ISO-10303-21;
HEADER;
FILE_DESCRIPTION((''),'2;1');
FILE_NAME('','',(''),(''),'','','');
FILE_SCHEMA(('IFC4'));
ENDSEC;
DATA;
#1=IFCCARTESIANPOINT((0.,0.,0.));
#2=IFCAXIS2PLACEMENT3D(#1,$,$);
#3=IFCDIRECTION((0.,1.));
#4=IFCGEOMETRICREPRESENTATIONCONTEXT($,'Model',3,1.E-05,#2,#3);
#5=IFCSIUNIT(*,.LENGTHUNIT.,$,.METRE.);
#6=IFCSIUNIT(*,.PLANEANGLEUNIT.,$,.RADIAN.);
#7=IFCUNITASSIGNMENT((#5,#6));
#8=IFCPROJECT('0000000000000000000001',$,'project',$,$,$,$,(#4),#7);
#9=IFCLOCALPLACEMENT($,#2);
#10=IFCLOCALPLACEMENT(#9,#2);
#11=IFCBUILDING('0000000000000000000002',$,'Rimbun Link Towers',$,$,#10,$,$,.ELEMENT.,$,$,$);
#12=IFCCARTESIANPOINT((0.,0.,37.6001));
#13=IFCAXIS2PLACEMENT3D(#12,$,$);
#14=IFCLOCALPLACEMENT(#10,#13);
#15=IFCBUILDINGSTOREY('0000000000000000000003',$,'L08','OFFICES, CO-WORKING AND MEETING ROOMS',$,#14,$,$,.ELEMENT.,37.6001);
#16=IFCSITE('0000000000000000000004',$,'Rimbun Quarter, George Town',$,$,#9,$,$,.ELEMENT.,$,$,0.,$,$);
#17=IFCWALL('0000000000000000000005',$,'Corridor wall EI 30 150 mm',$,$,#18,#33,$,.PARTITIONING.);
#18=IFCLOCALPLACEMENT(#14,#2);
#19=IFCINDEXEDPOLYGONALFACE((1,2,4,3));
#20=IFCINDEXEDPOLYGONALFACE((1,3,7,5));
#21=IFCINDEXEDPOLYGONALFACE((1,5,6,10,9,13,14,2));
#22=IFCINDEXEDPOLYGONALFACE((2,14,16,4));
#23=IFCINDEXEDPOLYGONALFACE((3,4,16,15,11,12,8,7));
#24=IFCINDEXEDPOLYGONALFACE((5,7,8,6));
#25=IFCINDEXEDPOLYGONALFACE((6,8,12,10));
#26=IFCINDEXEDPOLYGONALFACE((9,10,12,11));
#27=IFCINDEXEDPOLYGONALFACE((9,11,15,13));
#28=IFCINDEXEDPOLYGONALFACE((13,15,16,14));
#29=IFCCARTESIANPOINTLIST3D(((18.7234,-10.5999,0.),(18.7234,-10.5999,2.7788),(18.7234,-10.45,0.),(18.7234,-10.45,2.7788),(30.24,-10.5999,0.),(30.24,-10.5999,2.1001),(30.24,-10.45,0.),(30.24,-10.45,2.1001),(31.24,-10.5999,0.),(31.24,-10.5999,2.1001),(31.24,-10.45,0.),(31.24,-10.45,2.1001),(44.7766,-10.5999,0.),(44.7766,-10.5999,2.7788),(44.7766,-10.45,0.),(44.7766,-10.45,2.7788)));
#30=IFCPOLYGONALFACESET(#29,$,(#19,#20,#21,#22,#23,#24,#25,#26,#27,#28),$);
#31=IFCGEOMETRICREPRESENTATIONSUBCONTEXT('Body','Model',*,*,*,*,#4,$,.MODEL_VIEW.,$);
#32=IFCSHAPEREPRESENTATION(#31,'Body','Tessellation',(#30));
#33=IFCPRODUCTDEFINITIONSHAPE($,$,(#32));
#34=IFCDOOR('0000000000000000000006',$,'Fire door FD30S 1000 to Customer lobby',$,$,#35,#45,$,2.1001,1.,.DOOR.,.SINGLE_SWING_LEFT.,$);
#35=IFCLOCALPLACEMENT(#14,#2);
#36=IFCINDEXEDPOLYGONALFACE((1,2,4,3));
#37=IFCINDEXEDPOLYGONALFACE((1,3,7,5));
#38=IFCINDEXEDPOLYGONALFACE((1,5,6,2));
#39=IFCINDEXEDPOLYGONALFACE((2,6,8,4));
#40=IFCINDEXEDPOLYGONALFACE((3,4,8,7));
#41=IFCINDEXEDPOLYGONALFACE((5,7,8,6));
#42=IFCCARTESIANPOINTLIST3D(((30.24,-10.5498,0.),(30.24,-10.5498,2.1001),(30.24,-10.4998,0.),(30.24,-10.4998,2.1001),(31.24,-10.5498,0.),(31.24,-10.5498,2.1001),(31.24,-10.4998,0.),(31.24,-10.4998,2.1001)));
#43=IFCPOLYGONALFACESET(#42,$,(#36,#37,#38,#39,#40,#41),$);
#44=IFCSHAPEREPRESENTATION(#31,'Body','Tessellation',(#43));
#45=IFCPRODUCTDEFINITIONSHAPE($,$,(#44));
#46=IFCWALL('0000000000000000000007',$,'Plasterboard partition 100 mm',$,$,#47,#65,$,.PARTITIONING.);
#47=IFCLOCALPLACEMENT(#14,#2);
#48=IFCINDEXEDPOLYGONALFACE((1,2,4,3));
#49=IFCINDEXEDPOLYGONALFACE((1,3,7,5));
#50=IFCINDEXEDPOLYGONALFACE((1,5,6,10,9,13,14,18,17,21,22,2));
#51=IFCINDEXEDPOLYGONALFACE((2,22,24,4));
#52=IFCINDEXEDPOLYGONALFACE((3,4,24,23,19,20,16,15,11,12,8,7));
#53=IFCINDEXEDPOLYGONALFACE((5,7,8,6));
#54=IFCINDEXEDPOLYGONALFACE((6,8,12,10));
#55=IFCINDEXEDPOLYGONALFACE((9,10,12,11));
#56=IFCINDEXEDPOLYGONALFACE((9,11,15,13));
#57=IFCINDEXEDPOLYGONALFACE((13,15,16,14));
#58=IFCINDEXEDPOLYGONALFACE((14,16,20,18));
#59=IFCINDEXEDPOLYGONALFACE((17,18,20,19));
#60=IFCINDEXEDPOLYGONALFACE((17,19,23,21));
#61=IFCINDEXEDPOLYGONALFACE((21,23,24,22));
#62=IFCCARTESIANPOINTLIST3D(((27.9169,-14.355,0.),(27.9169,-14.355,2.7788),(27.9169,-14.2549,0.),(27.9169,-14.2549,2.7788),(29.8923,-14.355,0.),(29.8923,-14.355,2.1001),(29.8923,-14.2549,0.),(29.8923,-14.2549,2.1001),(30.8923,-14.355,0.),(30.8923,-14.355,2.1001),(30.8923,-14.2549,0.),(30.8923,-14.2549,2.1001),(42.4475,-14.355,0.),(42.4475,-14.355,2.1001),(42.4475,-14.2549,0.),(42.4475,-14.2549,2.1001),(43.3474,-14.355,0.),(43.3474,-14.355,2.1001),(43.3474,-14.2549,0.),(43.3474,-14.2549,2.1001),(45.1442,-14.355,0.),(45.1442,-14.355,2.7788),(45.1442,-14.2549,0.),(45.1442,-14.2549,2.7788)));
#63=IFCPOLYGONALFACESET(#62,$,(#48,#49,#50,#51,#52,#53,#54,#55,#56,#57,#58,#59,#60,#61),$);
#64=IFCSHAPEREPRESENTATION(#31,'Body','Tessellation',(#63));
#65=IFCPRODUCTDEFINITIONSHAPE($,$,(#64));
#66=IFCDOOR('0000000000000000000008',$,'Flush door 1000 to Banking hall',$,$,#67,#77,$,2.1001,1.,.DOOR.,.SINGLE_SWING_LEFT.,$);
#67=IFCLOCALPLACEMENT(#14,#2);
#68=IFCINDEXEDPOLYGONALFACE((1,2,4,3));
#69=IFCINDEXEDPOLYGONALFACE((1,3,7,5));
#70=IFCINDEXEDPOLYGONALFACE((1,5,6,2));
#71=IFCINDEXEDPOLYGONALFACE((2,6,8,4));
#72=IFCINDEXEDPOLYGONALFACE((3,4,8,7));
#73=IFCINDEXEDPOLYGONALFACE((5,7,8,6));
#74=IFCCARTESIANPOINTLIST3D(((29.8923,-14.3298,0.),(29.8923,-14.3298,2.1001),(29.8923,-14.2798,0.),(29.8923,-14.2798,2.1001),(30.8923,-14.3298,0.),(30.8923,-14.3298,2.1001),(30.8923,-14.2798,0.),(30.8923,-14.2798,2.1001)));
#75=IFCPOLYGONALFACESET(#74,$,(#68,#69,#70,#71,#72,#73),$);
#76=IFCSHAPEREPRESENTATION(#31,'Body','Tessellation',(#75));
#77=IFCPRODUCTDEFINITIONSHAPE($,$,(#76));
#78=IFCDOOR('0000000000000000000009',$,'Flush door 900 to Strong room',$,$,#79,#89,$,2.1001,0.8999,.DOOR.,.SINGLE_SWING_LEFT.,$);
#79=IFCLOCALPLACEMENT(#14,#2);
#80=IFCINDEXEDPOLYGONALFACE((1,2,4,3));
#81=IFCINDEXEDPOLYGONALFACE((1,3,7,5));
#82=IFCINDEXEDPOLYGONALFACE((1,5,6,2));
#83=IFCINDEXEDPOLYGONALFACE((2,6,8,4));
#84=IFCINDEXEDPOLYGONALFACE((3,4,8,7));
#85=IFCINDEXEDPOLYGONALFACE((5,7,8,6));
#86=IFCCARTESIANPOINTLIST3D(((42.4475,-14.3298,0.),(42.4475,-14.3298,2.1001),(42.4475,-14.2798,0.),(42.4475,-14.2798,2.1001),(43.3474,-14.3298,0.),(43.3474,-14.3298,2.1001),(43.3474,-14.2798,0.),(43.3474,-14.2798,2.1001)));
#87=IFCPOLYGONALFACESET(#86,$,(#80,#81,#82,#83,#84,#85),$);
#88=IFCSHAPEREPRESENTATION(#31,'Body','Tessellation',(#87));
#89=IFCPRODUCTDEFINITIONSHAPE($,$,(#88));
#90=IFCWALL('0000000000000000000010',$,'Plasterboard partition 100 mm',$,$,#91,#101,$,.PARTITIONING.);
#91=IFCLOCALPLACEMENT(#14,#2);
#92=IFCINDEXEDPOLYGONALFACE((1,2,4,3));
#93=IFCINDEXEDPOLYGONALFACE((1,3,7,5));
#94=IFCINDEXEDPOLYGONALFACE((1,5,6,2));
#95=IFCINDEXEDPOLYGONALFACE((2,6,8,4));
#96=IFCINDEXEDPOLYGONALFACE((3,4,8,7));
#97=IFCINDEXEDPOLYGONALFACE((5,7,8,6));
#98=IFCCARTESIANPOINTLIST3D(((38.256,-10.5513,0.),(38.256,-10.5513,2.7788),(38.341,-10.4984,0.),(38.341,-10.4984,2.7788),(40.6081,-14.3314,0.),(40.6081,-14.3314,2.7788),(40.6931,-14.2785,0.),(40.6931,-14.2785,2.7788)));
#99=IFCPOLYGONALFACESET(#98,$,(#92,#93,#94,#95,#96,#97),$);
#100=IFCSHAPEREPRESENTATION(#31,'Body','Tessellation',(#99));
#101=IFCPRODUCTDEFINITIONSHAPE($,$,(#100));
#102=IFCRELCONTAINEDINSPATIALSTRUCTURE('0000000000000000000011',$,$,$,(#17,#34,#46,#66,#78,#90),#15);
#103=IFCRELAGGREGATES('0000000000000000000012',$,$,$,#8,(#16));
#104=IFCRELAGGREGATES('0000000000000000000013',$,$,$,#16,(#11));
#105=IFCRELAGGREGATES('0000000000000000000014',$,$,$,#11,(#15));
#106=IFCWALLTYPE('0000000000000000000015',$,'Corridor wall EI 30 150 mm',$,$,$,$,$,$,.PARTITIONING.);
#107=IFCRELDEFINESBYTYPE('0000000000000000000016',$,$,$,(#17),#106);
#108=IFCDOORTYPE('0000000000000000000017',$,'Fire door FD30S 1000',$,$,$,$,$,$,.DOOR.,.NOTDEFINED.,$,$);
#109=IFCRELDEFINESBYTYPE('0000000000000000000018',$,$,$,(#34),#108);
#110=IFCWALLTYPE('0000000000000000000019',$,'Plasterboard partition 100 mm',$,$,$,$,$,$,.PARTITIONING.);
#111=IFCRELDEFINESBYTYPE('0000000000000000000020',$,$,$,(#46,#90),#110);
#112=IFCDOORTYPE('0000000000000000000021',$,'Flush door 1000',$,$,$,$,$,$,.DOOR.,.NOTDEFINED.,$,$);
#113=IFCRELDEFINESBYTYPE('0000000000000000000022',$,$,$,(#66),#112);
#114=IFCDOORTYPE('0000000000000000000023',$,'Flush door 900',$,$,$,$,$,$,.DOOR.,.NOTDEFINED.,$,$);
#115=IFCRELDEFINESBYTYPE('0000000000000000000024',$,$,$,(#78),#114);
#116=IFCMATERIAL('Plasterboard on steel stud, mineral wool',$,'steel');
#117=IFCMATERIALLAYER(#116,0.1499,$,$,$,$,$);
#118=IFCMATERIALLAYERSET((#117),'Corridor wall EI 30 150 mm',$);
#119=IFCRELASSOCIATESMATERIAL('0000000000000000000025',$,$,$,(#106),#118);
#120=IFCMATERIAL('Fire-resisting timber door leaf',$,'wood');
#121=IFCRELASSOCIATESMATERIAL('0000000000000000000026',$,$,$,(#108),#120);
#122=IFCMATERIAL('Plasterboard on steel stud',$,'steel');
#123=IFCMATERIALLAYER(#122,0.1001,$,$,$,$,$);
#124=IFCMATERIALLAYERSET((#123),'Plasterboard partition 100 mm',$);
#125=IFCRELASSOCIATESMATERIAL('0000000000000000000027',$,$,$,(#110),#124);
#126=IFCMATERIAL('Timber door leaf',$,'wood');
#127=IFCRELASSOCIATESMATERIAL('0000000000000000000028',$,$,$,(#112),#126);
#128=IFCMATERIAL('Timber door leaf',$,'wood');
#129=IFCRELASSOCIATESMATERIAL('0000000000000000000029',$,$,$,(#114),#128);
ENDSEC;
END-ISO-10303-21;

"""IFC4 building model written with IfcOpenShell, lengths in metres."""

from ifc_helpers import new_model, si_unit, direction, frame, frame_2d, origin, place, context, subcontext, project, spatial, rectangle, extrude, material, layer, layer_set, type_object, element, fill, save


model = new_model("IFC4")

# Units and contexts
model_context = context("Model", 3, precision=1e-05, world=origin(), true_north=direction((0.0, 1.0)))
body_context = subcontext(model_context, "Body", "Model", "MODEL_VIEW")
ifc_project = project(units=[si_unit("LENGTHUNIT", "METRE"), si_unit("PLANEANGLEUNIT", "RADIAN")], contexts=[model_context])

# Site, building, storey
site_placement = place(None, origin())
site = spatial("IfcSite", under=ifc_project, at=site_placement, Name="Rimbun Quarter, George Town", CompositionType="ELEMENT", RefElevation=0.0)
building_placement = place(site_placement, origin())
building = spatial("IfcBuilding", under=site, at=building_placement, Name="Rimbun Link Towers", CompositionType="ELEMENT")
storey_placement = place(building_placement, frame((0.0, 0.0, 37.6001)))
storey = spatial("IfcBuildingStorey", under=building, at=storey_placement, Name="L08", Description="OFFICES, CO-WORKING AND MEETING ROOMS", CompositionType="ELEMENT", Elevation=37.6001)

# Shared definitions
ifc_material_1 = material(Name="Plasterboard on steel stud, mineral wool", Category="steel")
ifc_layer_1 = layer(ifc_material_1, 0.1499)
ifc_layer_set_1 = layer_set([ifc_layer_1], Name="Corridor wall EI 30 150 mm")
wall_type_1 = type_object("IfcWallType", Name="Corridor wall EI 30 150 mm", PredefinedType="PARTITIONING", material=ifc_layer_set_1)

# Wall, opening, door
wall_1_placement = place(storey_placement, frame((44.7766, -10.5249, 0.0), z_axis=(0.0, 0.0, 1.0), x_axis=(-1.0, 0.0, 0.0)))
wall_1 = element("IfcWall", 1, at=wall_1_placement, inside=storey, type_object=wall_type_1, Name="Corridor wall EI 30 150 mm", PredefinedType="PARTITIONING", context=body_context, shape_type="SweptSolid", body=[
    extrude(rectangle(XDim=26.0532, YDim=0.1499, at=frame_2d((13.0266, 0.0))), origin(), (0.0, 0.0, 1.0), 2.7788),
])
opening_1_placement = place(wall_1_placement, frame((13.5366, 0.0, 0.0)))
opening_1 = element("IfcOpeningElement", 2, at=opening_1_placement, cuts=wall_1, PredefinedType="OPENING", context=body_context, shape_type="SweptSolid", body=[
    extrude(rectangle(XDim=1.0, YDim=2.1001, at=frame_2d((0.5, 1.05))), frame((0.0, 0.085, 0.0), z_axis=(0.0, -1.0, 0.0), x_axis=(1.0, 0.0, 0.0)), (0.0, 0.0, 1.0), 0.1699),
])
ifc_material_2 = material(Name="Fire-resisting timber door leaf", Category="wood")
door_type_1 = type_object("IfcDoorType", Name="Fire door FD30S 1000", OperationType="NOTDEFINED", PredefinedType="DOOR", material=ifc_material_2)
door_1_placement = place(opening_1_placement, origin())
door_1 = element("IfcDoor", 3, at=door_1_placement, inside=storey, type_object=door_type_1, Name="Fire door FD30S 1000 to Customer lobby", OperationType="SINGLE_SWING_LEFT", OverallHeight=2.1001, OverallWidth=1.0, PredefinedType="DOOR", context=body_context, shape_type="SweptSolid", body=[
    extrude(rectangle(XDim=1.0, YDim=2.1001, at=frame_2d((0.5, 1.05))), frame((0.0, 0.0249, 0.0), z_axis=(0.0, -1.0, 0.0), x_axis=(1.0, 0.0, 0.0)), (0.0, 0.0, 1.0), 0.05),
])
fill(opening_1, door_1)

# Wall, openings, doors
ifc_material_3 = material(Name="Plasterboard on steel stud", Category="steel")
ifc_layer_2 = layer(ifc_material_3, 0.1001)
ifc_layer_set_2 = layer_set([ifc_layer_2], Name="Plasterboard partition 100 mm")
wall_type_2 = type_object("IfcWallType", Name="Plasterboard partition 100 mm", PredefinedType="PARTITIONING", material=ifc_layer_set_2)
wall_2_placement = place(storey_placement, frame((45.1443, -14.3049, 0.0), z_axis=(0.0, 0.0, 1.0), x_axis=(-1.0, 0.0, 0.0)))
wall_2 = element("IfcWall", 4, at=wall_2_placement, inside=storey, type_object=wall_type_2, Name="Plasterboard partition 100 mm", PredefinedType="PARTITIONING", context=body_context, shape_type="SweptSolid", body=[
    extrude(rectangle(XDim=17.2273, YDim=0.1001, at=frame_2d((8.6138, 0.0))), origin(), (0.0, 0.0, 1.0), 2.7788),
])
opening_2_placement = place(wall_2_placement, frame((14.252, 0.0, 0.0)))
opening_2 = element("IfcOpeningElement", 5, at=opening_2_placement, cuts=wall_2, PredefinedType="OPENING", context=body_context, shape_type="SweptSolid", body=[
    extrude(rectangle(XDim=1.0, YDim=2.1001, at=frame_2d((0.5, 1.05))), frame((0.0, 0.0601, 0.0), z_axis=(0.0, -1.0, 0.0), x_axis=(1.0, 0.0, 0.0)), (0.0, 0.0, 1.0), 0.1201),
])
opening_3_placement = place(wall_2_placement, frame((1.7969, 0.0, 0.0)))
opening_3 = element("IfcOpeningElement", 6, at=opening_3_placement, cuts=wall_2, PredefinedType="OPENING", context=body_context, shape_type="SweptSolid", body=[
    extrude(rectangle(XDim=0.8999, YDim=2.1001, at=frame_2d((0.45, 1.05))), frame((0.0, 0.0601, 0.0), z_axis=(0.0, -1.0, 0.0), x_axis=(1.0, 0.0, 0.0)), (0.0, 0.0, 1.0), 0.1201),
])
ifc_material_4 = material(Name="Timber door leaf", Category="wood")
door_type_2 = type_object("IfcDoorType", Name="Flush door 1000", OperationType="NOTDEFINED", PredefinedType="DOOR", material=ifc_material_4)
door_2_placement = place(opening_2_placement, origin())
door_2 = element("IfcDoor", 7, at=door_2_placement, inside=storey, type_object=door_type_2, Name="Flush door 1000 to Banking hall", OperationType="SINGLE_SWING_LEFT", OverallHeight=2.1001, OverallWidth=1.0, PredefinedType="DOOR", context=body_context, shape_type="SweptSolid", body=[
    extrude(rectangle(XDim=1.0, YDim=2.1001, at=frame_2d((0.5, 1.05))), frame((0.0, 0.0249, 0.0), z_axis=(0.0, -1.0, 0.0), x_axis=(1.0, 0.0, 0.0)), (0.0, 0.0, 1.0), 0.05),
])
fill(opening_2, door_2)
ifc_material_5 = material(Name="Timber door leaf", Category="wood")
door_type_3 = type_object("IfcDoorType", Name="Flush door 900", OperationType="NOTDEFINED", PredefinedType="DOOR", material=ifc_material_5)
door_3_placement = place(opening_3_placement, origin())
door_3 = element("IfcDoor", 8, at=door_3_placement, inside=storey, type_object=door_type_3, Name="Flush door 900 to Strong room", OperationType="SINGLE_SWING_LEFT", OverallHeight=2.1001, OverallWidth=0.8999, PredefinedType="DOOR", context=body_context, shape_type="SweptSolid", body=[
    extrude(rectangle(XDim=0.8999, YDim=2.1001, at=frame_2d((0.45, 1.05))), frame((0.0, 0.0249, 0.0), z_axis=(0.0, -1.0, 0.0), x_axis=(1.0, 0.0, 0.0)), (0.0, 0.0, 1.0), 0.05),
])
fill(opening_3, door_3)

# Wall
wall_3_placement = place(storey_placement, frame((40.6506, -14.3049, 0.0), z_axis=(0.0, 0.0, 1.0), x_axis=(-0.528307, 0.849053, 0.0)))
element("IfcWall", 9, at=wall_3_placement, inside=storey, type_object=wall_type_2, Name="Plasterboard partition 100 mm", PredefinedType="PARTITIONING", context=body_context, shape_type="SweptSolid", body=[
    extrude(rectangle(XDim=4.4521, YDim=0.1001, at=frame_2d((2.2261, 0.0))), origin(), (0.0, 0.0, 1.0), 2.7788),
])

save(model, "model.ifc")
